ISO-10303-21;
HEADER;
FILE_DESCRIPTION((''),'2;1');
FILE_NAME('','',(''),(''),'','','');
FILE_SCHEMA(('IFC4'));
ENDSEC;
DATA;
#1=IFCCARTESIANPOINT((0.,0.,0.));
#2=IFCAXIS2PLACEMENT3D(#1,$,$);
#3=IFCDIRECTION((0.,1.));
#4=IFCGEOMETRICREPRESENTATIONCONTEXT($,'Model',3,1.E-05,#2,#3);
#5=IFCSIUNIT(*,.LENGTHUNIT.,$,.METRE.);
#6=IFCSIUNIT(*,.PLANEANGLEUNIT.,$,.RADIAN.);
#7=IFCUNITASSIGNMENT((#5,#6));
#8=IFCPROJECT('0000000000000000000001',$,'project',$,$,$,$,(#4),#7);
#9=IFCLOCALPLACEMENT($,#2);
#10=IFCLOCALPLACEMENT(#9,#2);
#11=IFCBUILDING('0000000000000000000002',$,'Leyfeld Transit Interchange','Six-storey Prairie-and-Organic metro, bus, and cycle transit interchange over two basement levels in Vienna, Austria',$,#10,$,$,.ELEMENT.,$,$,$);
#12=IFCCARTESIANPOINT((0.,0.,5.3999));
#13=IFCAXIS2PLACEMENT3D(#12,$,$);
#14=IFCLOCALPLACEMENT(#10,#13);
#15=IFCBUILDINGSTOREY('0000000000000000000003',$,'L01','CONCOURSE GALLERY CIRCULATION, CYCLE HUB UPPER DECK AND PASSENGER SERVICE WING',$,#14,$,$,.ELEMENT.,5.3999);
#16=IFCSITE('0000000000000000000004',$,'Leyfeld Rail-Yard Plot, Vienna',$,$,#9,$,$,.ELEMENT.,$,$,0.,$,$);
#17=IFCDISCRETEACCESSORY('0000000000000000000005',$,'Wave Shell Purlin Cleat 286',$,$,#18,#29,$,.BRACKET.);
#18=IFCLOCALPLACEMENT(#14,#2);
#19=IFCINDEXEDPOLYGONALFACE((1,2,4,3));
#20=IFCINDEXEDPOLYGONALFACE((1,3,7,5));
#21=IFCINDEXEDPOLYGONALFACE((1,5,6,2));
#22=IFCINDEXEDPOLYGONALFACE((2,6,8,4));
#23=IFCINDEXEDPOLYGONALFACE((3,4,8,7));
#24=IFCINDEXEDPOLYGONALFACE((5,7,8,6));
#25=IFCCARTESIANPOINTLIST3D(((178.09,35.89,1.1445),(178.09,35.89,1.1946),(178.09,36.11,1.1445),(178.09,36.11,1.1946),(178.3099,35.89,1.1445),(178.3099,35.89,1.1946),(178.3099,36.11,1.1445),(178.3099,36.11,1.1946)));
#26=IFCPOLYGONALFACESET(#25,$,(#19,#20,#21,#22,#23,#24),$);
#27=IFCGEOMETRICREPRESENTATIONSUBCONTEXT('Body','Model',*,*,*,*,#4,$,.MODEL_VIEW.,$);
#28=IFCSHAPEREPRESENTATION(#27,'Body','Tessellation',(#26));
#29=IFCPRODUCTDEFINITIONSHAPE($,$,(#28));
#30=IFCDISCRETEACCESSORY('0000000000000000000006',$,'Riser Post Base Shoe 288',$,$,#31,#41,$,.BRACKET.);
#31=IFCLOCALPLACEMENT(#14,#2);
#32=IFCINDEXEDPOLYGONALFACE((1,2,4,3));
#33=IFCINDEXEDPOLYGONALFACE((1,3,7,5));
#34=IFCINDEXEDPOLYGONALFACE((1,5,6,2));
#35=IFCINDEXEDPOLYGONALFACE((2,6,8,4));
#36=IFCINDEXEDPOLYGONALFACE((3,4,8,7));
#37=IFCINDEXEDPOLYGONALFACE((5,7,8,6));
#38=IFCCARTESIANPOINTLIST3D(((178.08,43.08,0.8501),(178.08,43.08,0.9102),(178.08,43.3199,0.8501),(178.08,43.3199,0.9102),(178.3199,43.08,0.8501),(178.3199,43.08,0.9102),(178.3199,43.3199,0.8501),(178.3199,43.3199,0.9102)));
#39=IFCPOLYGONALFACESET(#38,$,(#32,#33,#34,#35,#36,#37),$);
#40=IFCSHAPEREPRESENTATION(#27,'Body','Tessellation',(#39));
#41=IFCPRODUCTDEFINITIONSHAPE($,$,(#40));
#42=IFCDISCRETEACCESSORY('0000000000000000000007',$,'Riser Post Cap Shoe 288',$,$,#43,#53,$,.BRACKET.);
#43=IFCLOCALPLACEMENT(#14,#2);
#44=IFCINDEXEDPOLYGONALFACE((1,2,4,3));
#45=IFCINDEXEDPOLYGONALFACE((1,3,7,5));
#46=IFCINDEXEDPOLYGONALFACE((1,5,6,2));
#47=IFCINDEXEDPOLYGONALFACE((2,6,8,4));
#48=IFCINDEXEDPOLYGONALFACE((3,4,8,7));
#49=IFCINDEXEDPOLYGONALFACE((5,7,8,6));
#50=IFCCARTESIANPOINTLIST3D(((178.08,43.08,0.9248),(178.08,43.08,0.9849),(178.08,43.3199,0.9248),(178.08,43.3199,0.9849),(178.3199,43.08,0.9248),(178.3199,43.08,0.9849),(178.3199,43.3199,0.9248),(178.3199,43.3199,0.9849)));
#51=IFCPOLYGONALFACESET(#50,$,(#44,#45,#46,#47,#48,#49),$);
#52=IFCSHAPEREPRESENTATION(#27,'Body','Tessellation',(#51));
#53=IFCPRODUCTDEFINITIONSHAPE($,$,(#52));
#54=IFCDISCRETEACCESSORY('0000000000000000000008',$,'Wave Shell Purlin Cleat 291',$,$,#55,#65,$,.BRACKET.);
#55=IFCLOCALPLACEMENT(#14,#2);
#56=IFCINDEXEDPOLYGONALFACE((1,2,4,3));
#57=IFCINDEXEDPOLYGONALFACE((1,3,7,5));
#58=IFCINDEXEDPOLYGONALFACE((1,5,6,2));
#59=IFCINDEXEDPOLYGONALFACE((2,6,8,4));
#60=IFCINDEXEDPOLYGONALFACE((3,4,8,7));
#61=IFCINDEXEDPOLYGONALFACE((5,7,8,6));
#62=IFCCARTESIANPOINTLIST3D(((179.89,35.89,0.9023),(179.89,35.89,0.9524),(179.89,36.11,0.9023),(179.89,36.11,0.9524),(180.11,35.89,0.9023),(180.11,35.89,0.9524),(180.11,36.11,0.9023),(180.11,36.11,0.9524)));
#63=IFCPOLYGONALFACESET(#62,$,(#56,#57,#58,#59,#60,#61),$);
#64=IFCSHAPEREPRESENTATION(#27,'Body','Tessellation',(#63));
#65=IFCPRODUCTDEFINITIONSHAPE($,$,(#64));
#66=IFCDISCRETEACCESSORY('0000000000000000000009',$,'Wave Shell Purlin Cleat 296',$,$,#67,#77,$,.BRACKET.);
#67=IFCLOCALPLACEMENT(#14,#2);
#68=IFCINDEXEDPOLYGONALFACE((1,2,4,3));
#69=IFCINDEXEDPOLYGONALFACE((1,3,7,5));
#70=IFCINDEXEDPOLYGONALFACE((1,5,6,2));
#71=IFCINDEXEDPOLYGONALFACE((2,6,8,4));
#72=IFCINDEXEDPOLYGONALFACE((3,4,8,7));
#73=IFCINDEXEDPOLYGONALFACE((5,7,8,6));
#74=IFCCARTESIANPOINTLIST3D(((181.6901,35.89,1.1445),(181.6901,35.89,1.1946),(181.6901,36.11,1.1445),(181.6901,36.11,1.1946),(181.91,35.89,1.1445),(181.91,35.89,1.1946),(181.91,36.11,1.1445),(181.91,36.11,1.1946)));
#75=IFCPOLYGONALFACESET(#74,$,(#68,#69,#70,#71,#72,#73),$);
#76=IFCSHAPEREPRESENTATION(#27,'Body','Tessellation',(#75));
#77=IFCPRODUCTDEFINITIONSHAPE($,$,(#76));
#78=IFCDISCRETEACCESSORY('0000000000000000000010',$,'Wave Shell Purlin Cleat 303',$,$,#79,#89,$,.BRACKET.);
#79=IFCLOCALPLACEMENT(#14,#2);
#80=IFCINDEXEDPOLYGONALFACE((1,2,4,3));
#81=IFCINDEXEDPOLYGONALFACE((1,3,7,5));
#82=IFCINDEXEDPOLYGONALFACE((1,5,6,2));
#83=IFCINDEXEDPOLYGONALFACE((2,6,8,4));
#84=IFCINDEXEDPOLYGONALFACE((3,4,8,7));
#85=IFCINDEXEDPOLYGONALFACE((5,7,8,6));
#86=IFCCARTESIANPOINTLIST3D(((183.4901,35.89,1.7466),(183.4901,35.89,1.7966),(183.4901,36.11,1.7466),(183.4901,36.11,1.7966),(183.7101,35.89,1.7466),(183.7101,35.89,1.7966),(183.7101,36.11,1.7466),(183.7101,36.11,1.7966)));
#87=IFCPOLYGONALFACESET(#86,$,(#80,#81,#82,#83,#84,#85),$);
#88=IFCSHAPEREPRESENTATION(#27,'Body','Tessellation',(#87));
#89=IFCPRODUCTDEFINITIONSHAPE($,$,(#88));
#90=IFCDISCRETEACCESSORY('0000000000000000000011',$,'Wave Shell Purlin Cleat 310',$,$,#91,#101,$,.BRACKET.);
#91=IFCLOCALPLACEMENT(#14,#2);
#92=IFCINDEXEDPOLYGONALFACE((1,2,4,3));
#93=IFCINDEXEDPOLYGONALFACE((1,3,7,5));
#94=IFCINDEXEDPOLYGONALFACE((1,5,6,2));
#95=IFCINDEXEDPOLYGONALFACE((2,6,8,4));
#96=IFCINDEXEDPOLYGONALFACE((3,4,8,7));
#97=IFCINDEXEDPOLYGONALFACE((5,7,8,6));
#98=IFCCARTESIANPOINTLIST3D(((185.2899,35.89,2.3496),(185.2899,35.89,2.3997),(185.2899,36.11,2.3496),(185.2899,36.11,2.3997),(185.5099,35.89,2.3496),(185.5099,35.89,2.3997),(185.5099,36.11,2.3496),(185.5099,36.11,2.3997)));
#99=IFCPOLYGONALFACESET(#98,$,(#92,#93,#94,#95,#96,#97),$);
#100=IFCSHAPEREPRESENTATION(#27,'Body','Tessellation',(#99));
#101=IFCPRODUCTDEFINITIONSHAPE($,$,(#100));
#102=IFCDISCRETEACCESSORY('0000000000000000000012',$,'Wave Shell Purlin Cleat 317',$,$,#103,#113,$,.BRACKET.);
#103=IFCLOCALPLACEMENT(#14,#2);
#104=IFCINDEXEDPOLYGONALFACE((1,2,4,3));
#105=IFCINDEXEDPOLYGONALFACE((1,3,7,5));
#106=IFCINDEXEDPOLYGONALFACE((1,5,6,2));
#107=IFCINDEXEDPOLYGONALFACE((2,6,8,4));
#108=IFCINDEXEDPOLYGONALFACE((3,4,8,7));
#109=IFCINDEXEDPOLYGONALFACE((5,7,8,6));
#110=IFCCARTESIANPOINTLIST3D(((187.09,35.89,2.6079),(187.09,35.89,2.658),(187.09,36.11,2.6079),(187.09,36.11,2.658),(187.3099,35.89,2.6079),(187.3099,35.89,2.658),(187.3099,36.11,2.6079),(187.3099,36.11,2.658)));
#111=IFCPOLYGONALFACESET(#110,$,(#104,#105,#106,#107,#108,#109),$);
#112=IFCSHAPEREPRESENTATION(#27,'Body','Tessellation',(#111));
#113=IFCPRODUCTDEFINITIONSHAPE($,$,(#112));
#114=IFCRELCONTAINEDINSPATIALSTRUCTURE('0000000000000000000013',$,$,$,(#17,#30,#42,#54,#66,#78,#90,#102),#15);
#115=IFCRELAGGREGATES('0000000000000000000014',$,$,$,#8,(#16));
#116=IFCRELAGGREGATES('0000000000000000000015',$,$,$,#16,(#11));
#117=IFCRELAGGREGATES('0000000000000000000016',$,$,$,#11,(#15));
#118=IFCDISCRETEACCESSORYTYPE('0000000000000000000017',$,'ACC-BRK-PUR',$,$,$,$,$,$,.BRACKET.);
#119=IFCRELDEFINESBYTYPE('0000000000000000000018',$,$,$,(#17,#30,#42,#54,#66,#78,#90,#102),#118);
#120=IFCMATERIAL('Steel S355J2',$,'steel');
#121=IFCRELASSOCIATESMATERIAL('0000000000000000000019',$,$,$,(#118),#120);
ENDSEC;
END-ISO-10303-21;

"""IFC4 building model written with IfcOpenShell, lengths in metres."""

from ifc_helpers import new_model, si_unit, direction, frame, origin, origin_2d, place, context, subcontext, project, spatial, rectangle, extrude, material, type_object, element, save


model = new_model("IFC4")

# Units and contexts
model_context = context("Model", 3, precision=1e-05, world=origin(), true_north=direction((0.0, 1.0)))
body_context = subcontext(model_context, "Body", "Model", "MODEL_VIEW")
ifc_project = project(units=[si_unit("LENGTHUNIT", "METRE"), si_unit("PLANEANGLEUNIT", "RADIAN")], contexts=[model_context])

# Site, building, storey
site_placement = place(None, origin())
site = spatial("IfcSite", under=ifc_project, at=site_placement, Name="Leyfeld Rail-Yard Plot, Vienna", CompositionType="ELEMENT", RefElevation=0.0)
building_placement = place(site_placement, origin())
building = spatial("IfcBuilding", under=site, at=building_placement, Name="Leyfeld Transit Interchange", Description="Six-storey Prairie-and-Organic metro, bus, and cycle transit interchange over two basement levels in Vienna, Austria", CompositionType="ELEMENT")
storey_placement = place(building_placement, frame((0.0, 0.0, 5.3999)))
storey = spatial("IfcBuildingStorey", under=building, at=storey_placement, Name="L01", Description="CONCOURSE GALLERY CIRCULATION, CYCLE HUB UPPER DECK AND PASSENGER SERVICE WING", CompositionType="ELEMENT", Elevation=5.3999)

# Shared definitions
ifc_material_1 = material(Name="Steel S355J2", Category="steel")

# Discrete accessories
discrete_accessory_type = type_object("IfcDiscreteAccessoryType", Name="ACC-BRK-PUR", PredefinedType="BRACKET", material=ifc_material_1)
discrete_accessory_1_placement = place(storey_placement, frame((178.2, 36.0, 1.1445), z_axis=(0.0, 0.0, 1.0), x_axis=(1.0, 0.0, 0.0)))
element("IfcDiscreteAccessory", 1, at=discrete_accessory_1_placement, inside=storey, type_object=discrete_accessory_type, Name="Wave Shell Purlin Cleat 286", PredefinedType="BRACKET", context=body_context, shape_type="SweptSolid", body=[
    extrude(rectangle(XDim=0.22, YDim=0.22, at=origin_2d()), origin(), (0.0, 0.0, 1.0), 0.05),
])
for number, where, z_axis, x_axis, name in (
    (2, (178.2, 43.2, 0.8501), (0.0, 0.0, 1.0), (1.0, 0.0, 0.0), "Riser Post Base Shoe 288"),
    (3, (178.2, 43.2, 0.9248), (0.0, 0.0, 1.0), (1.0, 0.0, 0.0), "Riser Post Cap Shoe 288"),
):
    element("IfcDiscreteAccessory", number, at=place(storey_placement, frame(where, z_axis=z_axis, x_axis=x_axis)), inside=storey, type_object=discrete_accessory_type, Name=name, PredefinedType="BRACKET", context=body_context, shape_type="SweptSolid", body=[
        extrude(rectangle(XDim=0.24, YDim=0.24, at=origin_2d()), origin(), (0.0, 0.0, 1.0), 0.0601),
    ])
for number, where, z_axis, x_axis, name in (
    (4, (180.0, 36.0, 0.9023), (0.0, 0.0, 1.0), (1.0, 0.0, 0.0), "Wave Shell Purlin Cleat 291"),
    (5, (181.8, 36.0, 1.1445), (0.0, 0.0, 1.0), (1.0, 0.0, 0.0), "Wave Shell Purlin Cleat 296"),
    (6, (183.6001, 36.0, 1.7466), (0.0, 0.0, 1.0), (1.0, 0.0, 0.0), "Wave Shell Purlin Cleat 303"),
    (7, (185.3999, 36.0, 2.3496), (0.0, 0.0, 1.0), (1.0, 0.0, 0.0), "Wave Shell Purlin Cleat 310"),
    (8, (187.2, 36.0, 2.6079), (0.0, 0.0, 1.0), (1.0, 0.0, 0.0), "Wave Shell Purlin Cleat 317"),
):
    element("IfcDiscreteAccessory", number, at=place(storey_placement, frame(where, z_axis=z_axis, x_axis=x_axis)), inside=storey, type_object=discrete_accessory_type, Name=name, PredefinedType="BRACKET", context=body_context, shape_type="SweptSolid", body=[
        extrude(rectangle(XDim=0.22, YDim=0.22, at=origin_2d()), origin(), (0.0, 0.0, 1.0), 0.05),
    ])

save(model, "model.ifc")
